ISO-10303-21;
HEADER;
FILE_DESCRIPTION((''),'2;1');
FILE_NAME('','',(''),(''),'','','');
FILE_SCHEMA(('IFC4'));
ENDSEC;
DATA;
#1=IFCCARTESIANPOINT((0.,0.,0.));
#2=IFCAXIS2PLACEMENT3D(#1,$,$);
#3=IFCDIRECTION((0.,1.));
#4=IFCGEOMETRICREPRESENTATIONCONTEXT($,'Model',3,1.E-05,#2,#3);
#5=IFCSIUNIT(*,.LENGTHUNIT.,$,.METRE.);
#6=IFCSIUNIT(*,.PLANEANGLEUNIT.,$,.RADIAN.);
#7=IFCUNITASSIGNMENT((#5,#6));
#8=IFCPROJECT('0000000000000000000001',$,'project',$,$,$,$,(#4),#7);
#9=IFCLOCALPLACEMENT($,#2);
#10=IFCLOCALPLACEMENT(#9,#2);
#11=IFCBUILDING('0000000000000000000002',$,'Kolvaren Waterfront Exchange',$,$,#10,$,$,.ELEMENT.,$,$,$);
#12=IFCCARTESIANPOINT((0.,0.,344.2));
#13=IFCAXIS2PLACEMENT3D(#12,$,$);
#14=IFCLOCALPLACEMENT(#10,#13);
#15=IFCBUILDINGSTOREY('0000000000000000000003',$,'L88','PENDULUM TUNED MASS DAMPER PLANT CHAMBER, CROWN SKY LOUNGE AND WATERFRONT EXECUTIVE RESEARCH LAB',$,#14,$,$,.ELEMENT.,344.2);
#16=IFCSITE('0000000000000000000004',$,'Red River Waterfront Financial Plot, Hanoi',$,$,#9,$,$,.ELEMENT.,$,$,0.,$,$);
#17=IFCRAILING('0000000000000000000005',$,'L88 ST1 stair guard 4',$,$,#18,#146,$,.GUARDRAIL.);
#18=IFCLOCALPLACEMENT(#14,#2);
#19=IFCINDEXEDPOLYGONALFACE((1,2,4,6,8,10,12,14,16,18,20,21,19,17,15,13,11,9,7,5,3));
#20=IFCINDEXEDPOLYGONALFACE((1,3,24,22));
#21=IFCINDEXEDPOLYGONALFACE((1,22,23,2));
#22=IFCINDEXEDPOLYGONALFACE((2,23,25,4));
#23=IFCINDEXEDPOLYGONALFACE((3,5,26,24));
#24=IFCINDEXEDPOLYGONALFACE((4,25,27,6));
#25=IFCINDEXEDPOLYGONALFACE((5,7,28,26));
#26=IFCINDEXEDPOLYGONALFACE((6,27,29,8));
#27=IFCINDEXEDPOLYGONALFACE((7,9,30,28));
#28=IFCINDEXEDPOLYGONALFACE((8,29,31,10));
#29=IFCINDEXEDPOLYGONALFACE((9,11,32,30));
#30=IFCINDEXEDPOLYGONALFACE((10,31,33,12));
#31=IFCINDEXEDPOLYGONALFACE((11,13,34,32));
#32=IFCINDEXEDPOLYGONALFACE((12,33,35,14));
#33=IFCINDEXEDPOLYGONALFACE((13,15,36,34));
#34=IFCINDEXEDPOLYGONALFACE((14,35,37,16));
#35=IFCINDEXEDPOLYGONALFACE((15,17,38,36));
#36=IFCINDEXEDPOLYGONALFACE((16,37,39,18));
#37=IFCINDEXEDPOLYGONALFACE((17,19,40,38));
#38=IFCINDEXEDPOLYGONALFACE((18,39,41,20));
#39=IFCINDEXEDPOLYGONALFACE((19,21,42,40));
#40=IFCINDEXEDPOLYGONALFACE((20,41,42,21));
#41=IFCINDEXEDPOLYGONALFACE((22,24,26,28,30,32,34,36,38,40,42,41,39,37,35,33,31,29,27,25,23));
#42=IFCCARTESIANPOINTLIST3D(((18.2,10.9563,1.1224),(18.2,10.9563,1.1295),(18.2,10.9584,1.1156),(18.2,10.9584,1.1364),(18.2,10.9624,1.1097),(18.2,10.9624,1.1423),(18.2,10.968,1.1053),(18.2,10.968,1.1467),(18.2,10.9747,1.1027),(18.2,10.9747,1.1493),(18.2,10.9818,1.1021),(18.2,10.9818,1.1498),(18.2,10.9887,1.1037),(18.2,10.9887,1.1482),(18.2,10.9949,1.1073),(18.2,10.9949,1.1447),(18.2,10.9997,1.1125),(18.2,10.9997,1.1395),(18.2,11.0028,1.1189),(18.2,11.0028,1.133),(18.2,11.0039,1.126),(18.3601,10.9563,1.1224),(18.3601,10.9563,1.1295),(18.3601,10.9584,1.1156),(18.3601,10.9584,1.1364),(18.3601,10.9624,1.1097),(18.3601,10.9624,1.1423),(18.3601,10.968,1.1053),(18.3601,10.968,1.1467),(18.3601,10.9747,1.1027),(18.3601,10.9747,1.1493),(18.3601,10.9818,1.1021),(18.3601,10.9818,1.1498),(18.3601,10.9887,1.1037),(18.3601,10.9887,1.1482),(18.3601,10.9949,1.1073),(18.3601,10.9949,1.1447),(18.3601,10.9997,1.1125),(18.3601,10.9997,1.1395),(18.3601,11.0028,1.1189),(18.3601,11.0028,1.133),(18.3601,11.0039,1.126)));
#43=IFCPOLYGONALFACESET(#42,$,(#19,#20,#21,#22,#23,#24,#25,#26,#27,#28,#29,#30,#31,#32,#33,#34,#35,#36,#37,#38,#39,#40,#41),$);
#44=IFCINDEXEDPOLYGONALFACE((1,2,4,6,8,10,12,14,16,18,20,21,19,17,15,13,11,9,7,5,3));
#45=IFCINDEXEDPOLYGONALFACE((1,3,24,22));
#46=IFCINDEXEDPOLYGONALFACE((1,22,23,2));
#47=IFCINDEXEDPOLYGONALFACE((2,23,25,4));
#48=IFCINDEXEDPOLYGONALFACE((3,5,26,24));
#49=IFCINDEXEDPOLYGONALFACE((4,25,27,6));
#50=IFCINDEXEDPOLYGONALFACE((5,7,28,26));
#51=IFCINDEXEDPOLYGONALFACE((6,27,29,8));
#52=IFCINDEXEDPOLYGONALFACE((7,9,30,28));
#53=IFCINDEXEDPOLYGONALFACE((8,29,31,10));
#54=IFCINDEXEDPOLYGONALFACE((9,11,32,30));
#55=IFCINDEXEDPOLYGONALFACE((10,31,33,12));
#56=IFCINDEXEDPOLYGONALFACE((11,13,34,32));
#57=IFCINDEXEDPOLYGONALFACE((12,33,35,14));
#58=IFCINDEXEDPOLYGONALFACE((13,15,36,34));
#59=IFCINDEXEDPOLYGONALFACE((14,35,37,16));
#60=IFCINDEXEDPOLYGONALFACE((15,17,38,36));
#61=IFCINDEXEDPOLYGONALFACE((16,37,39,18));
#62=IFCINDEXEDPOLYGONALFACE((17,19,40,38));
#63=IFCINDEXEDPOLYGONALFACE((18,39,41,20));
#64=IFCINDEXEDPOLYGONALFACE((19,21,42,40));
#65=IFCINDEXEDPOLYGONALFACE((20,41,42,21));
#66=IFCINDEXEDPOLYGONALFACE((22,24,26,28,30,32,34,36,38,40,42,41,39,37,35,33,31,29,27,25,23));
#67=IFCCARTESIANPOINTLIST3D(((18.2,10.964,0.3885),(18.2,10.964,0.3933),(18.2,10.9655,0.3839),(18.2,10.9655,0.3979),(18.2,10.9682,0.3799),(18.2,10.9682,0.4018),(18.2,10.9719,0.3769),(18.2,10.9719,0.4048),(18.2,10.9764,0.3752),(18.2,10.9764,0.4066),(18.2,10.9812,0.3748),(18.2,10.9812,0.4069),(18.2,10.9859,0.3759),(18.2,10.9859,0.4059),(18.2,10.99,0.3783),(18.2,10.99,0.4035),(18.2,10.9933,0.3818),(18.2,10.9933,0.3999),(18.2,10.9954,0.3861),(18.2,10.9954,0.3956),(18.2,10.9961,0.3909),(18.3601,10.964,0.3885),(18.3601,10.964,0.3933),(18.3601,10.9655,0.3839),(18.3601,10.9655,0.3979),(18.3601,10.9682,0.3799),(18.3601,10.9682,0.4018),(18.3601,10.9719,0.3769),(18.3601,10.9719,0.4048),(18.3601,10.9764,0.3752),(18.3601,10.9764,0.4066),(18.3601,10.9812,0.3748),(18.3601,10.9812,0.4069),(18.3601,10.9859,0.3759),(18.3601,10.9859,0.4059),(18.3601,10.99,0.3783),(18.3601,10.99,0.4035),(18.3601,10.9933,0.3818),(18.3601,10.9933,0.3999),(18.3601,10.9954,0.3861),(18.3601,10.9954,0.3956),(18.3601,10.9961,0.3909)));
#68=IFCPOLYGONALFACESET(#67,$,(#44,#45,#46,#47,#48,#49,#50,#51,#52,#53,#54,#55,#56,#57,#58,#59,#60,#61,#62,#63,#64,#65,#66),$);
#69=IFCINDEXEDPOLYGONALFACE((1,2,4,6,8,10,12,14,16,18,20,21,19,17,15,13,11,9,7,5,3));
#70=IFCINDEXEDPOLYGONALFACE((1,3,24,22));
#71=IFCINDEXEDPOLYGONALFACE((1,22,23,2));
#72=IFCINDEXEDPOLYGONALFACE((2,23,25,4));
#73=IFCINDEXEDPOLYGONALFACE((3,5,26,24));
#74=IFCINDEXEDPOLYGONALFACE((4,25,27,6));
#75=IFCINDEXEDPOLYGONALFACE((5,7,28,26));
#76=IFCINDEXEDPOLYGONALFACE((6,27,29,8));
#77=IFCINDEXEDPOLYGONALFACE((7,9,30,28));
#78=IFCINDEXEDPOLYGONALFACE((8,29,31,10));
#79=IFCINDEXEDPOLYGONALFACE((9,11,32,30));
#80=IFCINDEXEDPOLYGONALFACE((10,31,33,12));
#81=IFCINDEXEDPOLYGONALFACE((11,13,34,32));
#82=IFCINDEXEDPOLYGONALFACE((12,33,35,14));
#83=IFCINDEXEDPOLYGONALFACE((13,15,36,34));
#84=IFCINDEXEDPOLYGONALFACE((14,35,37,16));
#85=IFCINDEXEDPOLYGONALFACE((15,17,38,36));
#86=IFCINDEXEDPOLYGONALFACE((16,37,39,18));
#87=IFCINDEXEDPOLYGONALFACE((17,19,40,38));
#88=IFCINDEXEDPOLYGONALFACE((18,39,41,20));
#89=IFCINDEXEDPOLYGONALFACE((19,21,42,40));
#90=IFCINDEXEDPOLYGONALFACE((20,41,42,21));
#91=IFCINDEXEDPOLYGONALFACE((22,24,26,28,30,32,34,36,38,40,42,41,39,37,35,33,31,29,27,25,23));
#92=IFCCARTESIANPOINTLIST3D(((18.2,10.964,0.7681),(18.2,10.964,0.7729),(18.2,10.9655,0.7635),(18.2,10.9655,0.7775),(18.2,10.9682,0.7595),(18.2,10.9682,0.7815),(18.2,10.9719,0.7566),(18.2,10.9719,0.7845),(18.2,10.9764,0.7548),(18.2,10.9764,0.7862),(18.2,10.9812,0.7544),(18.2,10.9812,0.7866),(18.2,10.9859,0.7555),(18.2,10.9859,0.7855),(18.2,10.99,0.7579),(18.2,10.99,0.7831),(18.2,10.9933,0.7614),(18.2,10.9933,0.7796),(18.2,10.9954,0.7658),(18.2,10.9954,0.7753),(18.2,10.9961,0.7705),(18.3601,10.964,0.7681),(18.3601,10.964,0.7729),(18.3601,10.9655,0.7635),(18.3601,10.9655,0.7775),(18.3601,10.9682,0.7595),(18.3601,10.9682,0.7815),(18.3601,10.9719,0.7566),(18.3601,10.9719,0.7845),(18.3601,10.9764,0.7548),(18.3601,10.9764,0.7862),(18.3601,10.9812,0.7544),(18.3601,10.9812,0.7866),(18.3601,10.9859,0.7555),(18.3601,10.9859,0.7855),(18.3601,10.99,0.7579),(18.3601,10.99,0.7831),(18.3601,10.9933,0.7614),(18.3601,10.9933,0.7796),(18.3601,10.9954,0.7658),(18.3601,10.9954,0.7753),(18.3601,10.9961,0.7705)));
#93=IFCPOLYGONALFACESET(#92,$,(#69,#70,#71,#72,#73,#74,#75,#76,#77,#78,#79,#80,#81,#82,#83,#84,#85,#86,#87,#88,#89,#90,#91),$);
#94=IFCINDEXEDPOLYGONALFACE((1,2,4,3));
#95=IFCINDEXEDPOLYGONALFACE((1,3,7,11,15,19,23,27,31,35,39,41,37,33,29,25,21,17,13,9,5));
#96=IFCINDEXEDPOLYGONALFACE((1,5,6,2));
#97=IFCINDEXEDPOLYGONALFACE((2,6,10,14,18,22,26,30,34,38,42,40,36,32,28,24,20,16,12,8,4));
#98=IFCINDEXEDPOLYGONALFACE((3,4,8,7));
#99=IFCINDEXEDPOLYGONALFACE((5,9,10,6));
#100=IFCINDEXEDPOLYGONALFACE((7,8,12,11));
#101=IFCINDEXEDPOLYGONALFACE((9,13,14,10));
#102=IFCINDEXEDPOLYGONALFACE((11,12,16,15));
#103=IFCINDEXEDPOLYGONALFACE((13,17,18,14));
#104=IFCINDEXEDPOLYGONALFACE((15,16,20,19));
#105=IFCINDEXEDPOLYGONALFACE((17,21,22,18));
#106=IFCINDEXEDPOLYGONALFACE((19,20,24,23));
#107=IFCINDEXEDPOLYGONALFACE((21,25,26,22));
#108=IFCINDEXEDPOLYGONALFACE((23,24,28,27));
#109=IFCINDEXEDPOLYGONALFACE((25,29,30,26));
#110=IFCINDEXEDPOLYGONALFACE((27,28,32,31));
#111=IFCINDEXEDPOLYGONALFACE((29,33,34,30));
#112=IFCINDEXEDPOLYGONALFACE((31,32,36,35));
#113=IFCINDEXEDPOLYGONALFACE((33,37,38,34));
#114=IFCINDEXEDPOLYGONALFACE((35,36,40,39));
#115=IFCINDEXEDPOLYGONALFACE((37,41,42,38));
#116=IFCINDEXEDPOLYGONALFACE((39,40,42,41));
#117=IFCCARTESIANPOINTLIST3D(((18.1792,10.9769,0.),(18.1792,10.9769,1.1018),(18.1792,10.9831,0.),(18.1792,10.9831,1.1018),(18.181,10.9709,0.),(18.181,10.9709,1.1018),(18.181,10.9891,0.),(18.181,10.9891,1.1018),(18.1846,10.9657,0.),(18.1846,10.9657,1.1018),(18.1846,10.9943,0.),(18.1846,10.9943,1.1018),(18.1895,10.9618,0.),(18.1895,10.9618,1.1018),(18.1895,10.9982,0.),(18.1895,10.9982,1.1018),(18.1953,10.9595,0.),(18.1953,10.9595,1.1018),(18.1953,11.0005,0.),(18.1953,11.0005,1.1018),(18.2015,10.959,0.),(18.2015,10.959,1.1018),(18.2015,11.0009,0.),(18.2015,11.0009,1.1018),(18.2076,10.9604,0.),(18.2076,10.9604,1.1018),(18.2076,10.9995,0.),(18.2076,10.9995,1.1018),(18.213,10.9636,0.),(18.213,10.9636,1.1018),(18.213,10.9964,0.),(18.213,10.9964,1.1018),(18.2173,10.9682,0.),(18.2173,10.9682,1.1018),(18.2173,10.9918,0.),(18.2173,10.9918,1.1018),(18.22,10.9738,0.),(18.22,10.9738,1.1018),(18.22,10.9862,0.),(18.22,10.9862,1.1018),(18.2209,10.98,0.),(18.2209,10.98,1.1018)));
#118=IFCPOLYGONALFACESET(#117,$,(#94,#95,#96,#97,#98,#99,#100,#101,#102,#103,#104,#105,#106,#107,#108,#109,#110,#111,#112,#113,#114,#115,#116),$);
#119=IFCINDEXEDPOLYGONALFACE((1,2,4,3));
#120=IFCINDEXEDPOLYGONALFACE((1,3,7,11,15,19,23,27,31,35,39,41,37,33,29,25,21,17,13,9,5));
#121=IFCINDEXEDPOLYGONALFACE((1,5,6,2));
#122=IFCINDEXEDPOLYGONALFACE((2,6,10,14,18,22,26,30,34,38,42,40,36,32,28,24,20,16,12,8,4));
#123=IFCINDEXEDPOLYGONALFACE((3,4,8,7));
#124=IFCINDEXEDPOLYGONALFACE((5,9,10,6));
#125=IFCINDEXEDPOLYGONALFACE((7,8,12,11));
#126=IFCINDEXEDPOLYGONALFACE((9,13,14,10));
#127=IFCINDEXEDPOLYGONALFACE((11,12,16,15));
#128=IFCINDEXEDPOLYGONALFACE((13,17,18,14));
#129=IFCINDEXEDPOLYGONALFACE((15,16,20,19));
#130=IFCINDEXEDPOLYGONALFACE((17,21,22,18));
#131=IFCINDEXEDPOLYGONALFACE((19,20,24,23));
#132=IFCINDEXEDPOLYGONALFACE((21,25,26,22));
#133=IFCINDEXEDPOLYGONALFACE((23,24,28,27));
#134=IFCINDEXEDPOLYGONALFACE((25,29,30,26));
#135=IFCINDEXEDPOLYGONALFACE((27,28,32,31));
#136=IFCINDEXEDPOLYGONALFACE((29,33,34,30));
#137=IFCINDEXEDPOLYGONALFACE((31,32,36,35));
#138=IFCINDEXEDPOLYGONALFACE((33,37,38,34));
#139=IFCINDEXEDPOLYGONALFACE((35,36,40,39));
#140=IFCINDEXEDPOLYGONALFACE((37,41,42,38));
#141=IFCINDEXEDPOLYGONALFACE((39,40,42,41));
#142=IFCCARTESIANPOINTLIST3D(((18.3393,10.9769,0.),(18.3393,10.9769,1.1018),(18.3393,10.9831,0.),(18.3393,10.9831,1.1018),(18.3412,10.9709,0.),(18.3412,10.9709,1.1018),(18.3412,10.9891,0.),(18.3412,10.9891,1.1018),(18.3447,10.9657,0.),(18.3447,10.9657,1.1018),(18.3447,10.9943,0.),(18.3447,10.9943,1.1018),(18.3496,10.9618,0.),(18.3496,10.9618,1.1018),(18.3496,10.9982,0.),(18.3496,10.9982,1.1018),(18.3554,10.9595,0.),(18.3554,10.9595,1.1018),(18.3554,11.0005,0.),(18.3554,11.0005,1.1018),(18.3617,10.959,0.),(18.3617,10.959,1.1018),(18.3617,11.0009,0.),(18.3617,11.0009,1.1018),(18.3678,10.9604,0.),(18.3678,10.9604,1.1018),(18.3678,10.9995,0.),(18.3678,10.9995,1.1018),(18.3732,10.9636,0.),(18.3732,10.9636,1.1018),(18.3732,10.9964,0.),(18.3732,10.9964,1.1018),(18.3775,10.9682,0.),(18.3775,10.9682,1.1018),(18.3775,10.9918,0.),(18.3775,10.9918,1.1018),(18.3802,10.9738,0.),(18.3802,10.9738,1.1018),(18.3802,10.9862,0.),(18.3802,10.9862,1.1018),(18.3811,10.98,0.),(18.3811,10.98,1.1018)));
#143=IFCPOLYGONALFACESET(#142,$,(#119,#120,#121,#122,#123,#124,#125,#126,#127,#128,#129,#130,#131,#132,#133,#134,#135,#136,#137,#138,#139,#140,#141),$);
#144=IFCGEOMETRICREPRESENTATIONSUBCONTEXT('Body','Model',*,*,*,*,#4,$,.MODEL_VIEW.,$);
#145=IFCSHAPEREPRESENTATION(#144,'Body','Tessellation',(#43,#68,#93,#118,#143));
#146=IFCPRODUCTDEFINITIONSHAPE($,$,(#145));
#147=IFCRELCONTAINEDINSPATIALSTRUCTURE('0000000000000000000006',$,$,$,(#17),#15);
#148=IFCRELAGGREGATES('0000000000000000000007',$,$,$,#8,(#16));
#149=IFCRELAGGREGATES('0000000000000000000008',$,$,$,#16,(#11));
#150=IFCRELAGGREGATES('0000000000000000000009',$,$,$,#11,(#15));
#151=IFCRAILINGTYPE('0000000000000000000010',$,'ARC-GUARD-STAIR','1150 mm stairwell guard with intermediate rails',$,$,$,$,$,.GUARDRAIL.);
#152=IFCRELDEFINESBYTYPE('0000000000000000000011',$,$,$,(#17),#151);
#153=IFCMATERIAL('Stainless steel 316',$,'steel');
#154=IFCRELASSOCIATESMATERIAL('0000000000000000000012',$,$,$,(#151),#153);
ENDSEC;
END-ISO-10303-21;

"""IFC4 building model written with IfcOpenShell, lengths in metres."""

from ifc_helpers import new_model, si_unit, direction, frame, origin, origin_2d, place, context, subcontext, project, spatial, circle, extrude, material, type_object, element, save


model = new_model("IFC4")

# Units and contexts
model_context = context("Model", 3, precision=1e-05, world=origin(), true_north=direction((0.0, 1.0)))
body_context = subcontext(model_context, "Body", "Model", "MODEL_VIEW")
ifc_project = project(units=[si_unit("LENGTHUNIT", "METRE"), si_unit("PLANEANGLEUNIT", "RADIAN")], contexts=[model_context])

# Site, building, storey
site_placement = place(None, origin())
site = spatial("IfcSite", under=ifc_project, at=site_placement, Name="Red River Waterfront Financial Plot, Hanoi", CompositionType="ELEMENT", RefElevation=0.0)
building_placement = place(site_placement, origin())
building = spatial("IfcBuilding", under=site, at=building_placement, Name="Kolvaren Waterfront Exchange", CompositionType="ELEMENT")
storey_placement = place(building_placement, frame((0.0, 0.0, 344.2)))
storey = spatial("IfcBuildingStorey", under=building, at=storey_placement, Name="L88", Description="PENDULUM TUNED MASS DAMPER PLANT CHAMBER, CROWN SKY LOUNGE AND WATERFRONT EXECUTIVE RESEARCH LAB", CompositionType="ELEMENT", Elevation=344.2)

# Railing
ifc_material_1 = material(Name="Stainless steel 316", Category="steel")
railing_type_1 = type_object("IfcRailingType", Name="ARC-GUARD-STAIR", Description="1150 mm stairwell guard with intermediate rails", PredefinedType="GUARDRAIL", material=ifc_material_1)
railing_1_placement = place(storey_placement, frame((18.2, 10.98, 0.0)))
element("IfcRailing", 1, at=railing_1_placement, inside=storey, type_object=railing_type_1, Name="L88 ST1 stair guard 4", PredefinedType="GUARDRAIL", context=body_context, shape_type="SweptSolid", body=[
    extrude(circle(Radius=0.0239, at=origin_2d()), frame((0.0, 0.0, 1.126), z_axis=(1.0, 0.0, 0.0), x_axis=(0.0, 1.0, 0.0)), (0.0, 0.0, 1.0), 0.1602),
    extrude(circle(Radius=0.0161, at=origin_2d()), frame((0.0, 0.0, 0.3909), z_axis=(1.0, 0.0, 0.0), x_axis=(0.0, 1.0, 0.0)), (0.0, 0.0, 1.0), 0.1602),
    extrude(circle(Radius=0.0161, at=origin_2d()), frame((0.0, 0.0, 0.7705), z_axis=(1.0, 0.0, 0.0), x_axis=(0.0, 1.0, 0.0)), (0.0, 0.0, 1.0), 0.1602),
    extrude(circle(Radius=0.021, at=origin_2d()), origin(), (0.0, 0.0, 1.0), 1.1018),
    extrude(circle(Radius=0.021, at=origin_2d()), frame((0.1602, 0.0, 0.0)), (0.0, 0.0, 1.0), 1.1018),
])

save(model, "model.ifc")
